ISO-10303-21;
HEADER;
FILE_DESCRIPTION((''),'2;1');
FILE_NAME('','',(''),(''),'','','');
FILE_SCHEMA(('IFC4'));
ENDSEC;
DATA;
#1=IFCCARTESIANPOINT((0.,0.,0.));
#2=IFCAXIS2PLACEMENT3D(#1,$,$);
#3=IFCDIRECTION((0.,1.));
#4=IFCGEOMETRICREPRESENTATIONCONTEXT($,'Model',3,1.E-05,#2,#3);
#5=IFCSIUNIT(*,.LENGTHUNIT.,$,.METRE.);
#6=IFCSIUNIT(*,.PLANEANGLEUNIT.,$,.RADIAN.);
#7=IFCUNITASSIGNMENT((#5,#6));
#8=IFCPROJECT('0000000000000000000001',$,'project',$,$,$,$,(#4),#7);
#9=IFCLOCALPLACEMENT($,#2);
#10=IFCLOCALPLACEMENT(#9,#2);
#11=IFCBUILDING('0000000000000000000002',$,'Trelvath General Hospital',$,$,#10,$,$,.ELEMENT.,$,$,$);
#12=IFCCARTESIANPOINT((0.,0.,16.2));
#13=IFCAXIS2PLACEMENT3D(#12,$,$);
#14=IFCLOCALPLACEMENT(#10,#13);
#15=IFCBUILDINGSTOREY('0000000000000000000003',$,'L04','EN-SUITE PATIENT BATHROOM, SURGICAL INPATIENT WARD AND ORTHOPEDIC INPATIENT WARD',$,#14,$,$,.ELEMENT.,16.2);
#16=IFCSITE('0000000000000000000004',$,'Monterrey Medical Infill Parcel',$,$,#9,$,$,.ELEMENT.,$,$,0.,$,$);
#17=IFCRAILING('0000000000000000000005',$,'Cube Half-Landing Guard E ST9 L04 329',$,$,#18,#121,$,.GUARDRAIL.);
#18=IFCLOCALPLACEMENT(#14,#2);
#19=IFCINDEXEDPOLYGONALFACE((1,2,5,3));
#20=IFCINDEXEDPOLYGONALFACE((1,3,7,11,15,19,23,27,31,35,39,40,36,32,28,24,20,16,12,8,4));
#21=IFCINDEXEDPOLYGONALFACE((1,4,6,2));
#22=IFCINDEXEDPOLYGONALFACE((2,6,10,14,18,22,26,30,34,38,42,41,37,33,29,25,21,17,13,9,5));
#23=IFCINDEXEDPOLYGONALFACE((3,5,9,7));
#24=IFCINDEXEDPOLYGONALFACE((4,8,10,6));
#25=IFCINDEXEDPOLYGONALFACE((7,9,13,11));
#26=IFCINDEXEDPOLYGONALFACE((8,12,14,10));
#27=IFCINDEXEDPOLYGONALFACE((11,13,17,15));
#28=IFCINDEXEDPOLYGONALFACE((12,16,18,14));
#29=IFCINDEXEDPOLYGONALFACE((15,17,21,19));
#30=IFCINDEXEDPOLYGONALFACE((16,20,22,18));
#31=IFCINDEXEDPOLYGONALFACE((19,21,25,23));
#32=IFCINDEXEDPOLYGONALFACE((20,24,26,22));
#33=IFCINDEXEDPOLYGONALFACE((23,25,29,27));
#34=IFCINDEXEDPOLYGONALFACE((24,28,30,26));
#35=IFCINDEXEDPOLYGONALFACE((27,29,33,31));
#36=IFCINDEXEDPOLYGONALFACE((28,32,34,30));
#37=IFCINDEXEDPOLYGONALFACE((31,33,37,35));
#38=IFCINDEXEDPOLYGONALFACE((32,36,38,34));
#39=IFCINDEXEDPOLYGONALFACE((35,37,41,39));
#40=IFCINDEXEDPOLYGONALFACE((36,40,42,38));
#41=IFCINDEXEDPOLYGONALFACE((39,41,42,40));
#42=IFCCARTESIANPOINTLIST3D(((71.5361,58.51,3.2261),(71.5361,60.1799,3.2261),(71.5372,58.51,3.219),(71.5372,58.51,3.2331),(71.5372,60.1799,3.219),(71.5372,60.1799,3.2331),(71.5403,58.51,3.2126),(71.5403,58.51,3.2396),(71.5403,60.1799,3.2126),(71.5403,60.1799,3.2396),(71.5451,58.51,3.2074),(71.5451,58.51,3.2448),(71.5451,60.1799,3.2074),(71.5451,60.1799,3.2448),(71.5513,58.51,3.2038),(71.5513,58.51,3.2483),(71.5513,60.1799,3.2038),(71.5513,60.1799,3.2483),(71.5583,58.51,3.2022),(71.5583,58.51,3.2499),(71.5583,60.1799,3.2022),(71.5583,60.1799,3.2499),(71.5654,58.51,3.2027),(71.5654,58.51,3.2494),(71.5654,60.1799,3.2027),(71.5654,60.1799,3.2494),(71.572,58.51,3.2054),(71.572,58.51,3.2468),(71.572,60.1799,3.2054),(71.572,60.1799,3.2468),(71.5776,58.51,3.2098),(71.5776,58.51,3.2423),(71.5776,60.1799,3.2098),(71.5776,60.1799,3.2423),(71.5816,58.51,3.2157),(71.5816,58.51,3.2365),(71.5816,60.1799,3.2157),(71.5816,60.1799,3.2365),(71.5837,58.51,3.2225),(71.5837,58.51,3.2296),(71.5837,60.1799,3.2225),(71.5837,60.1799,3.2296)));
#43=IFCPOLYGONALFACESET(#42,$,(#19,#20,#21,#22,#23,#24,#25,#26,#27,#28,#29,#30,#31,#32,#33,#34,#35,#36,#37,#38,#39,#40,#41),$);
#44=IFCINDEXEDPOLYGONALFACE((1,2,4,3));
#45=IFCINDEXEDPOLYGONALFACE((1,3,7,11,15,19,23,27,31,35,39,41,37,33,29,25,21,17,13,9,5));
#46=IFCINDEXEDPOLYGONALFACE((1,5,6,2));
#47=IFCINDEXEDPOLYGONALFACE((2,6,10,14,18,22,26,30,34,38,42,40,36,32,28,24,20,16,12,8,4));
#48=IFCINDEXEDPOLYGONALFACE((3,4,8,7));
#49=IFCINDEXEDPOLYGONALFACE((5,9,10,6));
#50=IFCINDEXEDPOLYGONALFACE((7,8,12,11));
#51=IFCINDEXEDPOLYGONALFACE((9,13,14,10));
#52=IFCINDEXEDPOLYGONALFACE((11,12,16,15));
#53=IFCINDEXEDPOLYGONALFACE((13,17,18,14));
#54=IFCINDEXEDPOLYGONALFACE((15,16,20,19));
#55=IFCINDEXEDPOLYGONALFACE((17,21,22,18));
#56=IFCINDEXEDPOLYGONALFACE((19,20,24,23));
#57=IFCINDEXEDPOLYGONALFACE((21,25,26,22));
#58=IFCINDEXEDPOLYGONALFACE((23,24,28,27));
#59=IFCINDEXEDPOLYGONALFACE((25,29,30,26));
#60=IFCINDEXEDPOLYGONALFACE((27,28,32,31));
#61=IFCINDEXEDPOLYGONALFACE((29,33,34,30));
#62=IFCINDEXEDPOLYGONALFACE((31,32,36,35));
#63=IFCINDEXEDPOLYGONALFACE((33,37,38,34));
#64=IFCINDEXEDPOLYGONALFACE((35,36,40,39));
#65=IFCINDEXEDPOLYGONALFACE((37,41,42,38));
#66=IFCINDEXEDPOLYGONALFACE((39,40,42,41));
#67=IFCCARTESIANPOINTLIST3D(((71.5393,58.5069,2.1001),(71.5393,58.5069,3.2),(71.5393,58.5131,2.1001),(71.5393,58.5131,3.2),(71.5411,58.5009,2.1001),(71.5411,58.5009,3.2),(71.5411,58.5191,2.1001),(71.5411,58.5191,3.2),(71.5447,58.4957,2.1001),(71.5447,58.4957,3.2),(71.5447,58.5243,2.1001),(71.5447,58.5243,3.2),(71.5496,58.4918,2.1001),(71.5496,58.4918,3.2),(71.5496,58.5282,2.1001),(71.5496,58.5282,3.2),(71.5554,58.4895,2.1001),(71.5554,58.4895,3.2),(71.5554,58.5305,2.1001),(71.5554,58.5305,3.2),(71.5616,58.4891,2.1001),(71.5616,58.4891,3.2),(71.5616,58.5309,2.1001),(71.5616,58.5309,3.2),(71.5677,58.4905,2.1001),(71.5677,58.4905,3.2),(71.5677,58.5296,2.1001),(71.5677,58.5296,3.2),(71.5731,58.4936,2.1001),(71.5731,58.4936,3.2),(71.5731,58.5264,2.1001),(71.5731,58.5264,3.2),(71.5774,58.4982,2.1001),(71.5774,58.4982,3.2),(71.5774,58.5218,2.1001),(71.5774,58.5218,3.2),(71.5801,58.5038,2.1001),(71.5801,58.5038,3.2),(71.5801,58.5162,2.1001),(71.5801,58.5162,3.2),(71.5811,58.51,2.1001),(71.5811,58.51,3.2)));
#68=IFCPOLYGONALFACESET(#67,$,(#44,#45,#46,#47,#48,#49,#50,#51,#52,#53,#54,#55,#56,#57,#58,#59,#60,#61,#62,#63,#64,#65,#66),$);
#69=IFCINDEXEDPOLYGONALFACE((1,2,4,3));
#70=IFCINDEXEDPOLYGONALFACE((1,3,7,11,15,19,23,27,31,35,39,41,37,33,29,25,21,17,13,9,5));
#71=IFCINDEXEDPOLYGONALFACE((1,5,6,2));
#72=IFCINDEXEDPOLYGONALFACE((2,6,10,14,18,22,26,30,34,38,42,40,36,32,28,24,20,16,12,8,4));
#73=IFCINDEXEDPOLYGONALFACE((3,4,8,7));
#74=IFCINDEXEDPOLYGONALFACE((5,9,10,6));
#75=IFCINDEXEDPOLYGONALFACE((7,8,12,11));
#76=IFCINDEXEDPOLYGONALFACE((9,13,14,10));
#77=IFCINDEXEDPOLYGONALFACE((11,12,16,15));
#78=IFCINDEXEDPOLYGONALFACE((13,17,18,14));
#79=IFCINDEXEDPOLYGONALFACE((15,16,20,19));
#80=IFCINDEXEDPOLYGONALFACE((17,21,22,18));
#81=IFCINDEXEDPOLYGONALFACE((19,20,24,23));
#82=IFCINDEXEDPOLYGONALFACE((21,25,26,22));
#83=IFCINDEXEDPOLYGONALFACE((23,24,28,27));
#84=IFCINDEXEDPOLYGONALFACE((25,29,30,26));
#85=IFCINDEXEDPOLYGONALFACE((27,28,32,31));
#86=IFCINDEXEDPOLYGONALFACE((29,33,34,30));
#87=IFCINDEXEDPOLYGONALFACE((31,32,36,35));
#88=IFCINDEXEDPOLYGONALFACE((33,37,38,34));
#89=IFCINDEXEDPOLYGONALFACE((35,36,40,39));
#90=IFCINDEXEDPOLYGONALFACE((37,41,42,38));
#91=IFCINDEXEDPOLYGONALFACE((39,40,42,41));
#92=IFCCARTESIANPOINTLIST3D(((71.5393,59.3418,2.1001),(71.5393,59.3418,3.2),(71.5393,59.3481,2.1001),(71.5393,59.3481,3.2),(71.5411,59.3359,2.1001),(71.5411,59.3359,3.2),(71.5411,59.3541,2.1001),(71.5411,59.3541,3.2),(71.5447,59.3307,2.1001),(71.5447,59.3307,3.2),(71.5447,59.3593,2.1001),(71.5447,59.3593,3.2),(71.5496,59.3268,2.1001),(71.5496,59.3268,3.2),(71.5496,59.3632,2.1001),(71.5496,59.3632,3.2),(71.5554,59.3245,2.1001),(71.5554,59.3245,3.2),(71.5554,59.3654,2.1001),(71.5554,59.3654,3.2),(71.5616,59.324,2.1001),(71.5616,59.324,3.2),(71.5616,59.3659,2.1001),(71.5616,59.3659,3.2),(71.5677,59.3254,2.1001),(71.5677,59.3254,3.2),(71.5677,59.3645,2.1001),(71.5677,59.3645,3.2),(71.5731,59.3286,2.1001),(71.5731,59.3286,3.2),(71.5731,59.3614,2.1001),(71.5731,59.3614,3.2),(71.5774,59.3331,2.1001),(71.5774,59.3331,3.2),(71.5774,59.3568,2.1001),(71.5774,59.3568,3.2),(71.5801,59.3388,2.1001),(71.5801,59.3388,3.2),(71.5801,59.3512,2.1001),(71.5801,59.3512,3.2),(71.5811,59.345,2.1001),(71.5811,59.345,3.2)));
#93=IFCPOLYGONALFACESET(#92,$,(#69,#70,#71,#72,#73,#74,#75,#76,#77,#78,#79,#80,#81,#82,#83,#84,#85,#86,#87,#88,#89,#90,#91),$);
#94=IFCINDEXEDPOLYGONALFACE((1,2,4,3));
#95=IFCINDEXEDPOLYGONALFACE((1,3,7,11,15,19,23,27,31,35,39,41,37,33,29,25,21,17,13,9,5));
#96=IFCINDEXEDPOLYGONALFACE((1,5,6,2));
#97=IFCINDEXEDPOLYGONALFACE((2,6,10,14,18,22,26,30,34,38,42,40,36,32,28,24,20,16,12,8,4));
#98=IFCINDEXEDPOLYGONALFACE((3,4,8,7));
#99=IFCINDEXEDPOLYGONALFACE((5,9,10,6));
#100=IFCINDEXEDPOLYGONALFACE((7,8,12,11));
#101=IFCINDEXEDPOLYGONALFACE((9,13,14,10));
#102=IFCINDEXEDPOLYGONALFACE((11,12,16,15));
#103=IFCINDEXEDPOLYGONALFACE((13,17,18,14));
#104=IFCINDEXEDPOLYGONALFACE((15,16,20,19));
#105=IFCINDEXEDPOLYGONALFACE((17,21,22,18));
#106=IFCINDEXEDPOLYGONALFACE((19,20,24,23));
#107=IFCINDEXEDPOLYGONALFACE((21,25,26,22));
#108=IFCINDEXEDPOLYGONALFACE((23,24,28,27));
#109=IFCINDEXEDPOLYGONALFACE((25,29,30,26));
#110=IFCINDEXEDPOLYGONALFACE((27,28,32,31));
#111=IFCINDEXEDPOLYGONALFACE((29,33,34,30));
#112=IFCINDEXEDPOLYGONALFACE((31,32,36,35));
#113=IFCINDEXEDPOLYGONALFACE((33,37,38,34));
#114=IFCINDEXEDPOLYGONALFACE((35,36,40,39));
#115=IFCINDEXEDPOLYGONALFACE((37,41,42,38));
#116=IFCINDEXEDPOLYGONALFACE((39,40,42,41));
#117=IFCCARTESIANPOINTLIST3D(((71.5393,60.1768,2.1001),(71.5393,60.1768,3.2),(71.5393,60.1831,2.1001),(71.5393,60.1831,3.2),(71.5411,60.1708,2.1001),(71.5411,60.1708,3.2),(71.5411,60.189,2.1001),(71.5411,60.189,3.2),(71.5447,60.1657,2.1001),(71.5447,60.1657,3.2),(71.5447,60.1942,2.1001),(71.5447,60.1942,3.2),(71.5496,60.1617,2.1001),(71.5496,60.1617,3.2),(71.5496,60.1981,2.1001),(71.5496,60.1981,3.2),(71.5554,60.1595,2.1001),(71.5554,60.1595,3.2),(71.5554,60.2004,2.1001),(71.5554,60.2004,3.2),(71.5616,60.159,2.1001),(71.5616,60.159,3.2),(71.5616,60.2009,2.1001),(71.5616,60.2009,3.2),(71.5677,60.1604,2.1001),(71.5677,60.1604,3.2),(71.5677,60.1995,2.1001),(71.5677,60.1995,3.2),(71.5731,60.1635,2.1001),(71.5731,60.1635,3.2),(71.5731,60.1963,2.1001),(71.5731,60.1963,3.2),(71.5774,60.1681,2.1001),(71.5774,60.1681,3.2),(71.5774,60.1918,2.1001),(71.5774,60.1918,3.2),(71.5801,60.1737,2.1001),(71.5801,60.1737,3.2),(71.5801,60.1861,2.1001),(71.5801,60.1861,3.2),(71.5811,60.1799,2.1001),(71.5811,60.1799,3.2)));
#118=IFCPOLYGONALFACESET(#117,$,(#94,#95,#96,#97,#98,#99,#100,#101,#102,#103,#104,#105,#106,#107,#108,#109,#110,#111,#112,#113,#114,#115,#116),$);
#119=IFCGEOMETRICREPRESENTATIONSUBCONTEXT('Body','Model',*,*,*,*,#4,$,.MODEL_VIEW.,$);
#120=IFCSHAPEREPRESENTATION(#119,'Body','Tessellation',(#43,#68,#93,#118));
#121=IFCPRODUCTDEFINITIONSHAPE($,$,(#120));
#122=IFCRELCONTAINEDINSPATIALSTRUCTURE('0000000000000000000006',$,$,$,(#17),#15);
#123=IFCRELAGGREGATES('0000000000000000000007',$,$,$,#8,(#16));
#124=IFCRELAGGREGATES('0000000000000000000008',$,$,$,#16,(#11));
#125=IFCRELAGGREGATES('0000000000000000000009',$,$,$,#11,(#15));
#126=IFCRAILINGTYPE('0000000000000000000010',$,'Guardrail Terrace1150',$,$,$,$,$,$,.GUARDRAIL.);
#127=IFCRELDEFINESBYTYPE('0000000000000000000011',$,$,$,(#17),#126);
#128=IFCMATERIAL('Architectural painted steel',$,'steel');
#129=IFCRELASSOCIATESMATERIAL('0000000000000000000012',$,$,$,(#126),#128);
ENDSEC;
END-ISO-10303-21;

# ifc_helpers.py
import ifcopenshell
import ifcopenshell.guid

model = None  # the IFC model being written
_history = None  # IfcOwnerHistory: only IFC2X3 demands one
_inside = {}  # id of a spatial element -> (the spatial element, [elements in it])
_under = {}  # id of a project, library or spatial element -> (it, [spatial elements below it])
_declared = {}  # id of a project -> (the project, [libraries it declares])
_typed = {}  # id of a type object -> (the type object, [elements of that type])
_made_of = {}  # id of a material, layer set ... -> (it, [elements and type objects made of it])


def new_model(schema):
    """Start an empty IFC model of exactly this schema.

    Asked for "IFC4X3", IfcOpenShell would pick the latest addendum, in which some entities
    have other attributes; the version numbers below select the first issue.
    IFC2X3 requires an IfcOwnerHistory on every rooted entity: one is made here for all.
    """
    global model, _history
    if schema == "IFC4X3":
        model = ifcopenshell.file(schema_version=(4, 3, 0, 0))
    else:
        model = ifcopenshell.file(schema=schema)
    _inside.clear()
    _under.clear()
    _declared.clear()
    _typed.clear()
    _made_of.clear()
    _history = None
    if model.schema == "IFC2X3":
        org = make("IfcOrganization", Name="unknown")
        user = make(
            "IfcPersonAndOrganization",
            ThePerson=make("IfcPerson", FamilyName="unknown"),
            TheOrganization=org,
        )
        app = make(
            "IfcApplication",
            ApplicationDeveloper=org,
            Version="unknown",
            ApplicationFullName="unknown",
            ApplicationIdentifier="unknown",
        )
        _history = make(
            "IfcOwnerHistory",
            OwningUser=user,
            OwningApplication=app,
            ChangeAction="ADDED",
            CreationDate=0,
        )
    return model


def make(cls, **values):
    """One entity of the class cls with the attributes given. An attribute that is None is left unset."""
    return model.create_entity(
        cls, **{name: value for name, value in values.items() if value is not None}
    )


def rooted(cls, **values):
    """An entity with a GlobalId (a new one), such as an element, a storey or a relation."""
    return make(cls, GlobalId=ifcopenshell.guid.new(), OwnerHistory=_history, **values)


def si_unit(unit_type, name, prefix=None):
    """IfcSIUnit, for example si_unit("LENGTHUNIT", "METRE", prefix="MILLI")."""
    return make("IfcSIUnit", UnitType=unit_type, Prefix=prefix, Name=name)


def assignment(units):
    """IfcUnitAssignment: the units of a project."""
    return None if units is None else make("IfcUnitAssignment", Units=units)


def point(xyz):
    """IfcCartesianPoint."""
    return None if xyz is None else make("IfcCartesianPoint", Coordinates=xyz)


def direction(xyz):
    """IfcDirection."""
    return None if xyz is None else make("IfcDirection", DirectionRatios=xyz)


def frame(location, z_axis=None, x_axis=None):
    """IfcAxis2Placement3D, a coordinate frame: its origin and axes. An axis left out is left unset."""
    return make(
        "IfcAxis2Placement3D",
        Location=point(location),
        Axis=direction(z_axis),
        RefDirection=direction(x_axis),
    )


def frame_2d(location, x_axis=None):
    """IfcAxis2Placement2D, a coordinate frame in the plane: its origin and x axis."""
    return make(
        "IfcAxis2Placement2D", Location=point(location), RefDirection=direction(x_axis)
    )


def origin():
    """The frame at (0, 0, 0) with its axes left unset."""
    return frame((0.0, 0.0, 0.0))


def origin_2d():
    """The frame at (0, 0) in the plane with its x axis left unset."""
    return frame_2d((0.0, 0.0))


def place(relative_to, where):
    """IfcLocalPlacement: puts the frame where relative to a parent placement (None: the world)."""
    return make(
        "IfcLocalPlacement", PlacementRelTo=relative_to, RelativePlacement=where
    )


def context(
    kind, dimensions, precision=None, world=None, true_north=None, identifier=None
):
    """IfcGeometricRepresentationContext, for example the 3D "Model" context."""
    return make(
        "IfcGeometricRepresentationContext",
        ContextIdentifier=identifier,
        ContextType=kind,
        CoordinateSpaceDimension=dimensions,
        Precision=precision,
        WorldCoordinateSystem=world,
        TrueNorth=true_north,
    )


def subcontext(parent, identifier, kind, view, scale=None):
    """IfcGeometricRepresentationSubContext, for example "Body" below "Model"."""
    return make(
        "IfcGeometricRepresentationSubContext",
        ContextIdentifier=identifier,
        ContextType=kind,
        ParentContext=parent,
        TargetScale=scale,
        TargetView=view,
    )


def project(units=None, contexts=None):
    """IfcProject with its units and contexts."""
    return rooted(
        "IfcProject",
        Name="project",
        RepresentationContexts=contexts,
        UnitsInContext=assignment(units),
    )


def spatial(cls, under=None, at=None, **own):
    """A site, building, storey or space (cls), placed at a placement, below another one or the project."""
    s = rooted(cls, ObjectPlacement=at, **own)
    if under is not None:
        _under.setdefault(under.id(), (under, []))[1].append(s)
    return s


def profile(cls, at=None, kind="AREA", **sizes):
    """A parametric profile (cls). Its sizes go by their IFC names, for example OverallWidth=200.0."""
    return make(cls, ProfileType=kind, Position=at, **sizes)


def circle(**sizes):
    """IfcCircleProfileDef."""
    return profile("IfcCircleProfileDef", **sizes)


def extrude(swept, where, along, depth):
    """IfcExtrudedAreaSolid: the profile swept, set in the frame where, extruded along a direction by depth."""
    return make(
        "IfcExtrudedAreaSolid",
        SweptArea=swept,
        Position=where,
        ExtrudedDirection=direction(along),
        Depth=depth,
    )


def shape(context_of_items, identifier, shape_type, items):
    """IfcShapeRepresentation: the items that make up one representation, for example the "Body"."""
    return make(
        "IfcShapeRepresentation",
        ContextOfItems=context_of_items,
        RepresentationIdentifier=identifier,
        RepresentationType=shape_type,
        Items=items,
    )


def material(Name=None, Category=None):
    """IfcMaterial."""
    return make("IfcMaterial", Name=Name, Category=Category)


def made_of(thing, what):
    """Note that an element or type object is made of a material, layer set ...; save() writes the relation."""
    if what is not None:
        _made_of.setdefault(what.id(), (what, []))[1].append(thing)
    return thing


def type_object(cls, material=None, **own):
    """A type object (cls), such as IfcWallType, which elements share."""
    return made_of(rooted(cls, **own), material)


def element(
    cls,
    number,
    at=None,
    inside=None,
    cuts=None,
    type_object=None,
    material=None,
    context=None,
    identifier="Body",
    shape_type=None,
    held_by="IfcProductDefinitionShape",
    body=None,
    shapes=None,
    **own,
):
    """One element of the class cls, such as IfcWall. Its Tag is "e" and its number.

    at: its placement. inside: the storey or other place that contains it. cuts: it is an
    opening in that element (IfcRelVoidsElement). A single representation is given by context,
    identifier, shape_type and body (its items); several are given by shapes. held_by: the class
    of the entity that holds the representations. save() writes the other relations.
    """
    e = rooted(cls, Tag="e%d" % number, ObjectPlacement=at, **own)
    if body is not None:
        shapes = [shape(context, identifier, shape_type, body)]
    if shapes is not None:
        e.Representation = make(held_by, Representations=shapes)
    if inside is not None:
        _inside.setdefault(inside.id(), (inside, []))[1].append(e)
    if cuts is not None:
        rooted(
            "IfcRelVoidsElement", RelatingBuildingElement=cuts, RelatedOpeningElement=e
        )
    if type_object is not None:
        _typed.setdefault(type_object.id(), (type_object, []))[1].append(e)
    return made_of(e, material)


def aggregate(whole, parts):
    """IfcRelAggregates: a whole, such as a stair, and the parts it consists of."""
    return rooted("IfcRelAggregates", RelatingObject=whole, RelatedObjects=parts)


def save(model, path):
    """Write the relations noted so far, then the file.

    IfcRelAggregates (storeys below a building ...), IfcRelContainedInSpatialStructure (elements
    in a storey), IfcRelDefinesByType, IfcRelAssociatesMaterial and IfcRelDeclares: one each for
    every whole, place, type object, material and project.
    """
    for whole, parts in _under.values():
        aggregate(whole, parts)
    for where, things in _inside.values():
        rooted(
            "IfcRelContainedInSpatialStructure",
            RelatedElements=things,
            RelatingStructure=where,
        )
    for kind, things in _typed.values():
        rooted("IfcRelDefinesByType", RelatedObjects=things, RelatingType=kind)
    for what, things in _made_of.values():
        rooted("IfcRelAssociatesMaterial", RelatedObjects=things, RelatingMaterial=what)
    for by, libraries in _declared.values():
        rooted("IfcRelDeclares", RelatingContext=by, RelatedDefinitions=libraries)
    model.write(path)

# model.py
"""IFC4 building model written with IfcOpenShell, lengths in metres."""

from ifc_helpers import new_model, si_unit, direction, frame, origin, origin_2d, place, context, subcontext, project, spatial, circle, extrude, material, type_object, element, save


model = new_model("IFC4")

# Units and contexts
model_context = context("Model", 3, precision=1e-05, world=origin(), true_north=direction((0.0, 1.0)))
body_context = subcontext(model_context, "Body", "Model", "MODEL_VIEW")
ifc_project = project(units=[si_unit("LENGTHUNIT", "METRE"), si_unit("PLANEANGLEUNIT", "RADIAN")], contexts=[model_context])

# Site, building, storey
site_placement = place(None, origin())
site = spatial("IfcSite", under=ifc_project, at=site_placement, Name="Monterrey Medical Infill Parcel", CompositionType="ELEMENT", RefElevation=0.0)
building_placement = place(site_placement, origin())
building = spatial("IfcBuilding", under=site, at=building_placement, Name="Trelvath General Hospital", CompositionType="ELEMENT")
storey_placement = place(building_placement, frame((0.0, 0.0, 16.2)))
storey = spatial("IfcBuildingStorey", under=building, at=storey_placement, Name="L04", Description="EN-SUITE PATIENT BATHROOM, SURGICAL INPATIENT WARD AND ORTHOPEDIC INPATIENT WARD", CompositionType="ELEMENT", Elevation=16.2)

# Railing
ifc_material_1 = material(Name="Architectural painted steel", Category="steel")
railing_type_1 = type_object("IfcRailingType", Name="Guardrail Terrace1150", PredefinedType="GUARDRAIL", material=ifc_material_1)
railing_1_placement = place(storey_placement, frame((71.5601, 58.51, 2.1001)))
element("IfcRailing", 1, at=railing_1_placement, inside=storey, type_object=railing_type_1, Name="Cube Half-Landing Guard E ST9 L04 329", PredefinedType="GUARDRAIL", context=body_context, shape_type="SweptSolid", body=[
    extrude(circle(Radius=0.0239, at=origin_2d()), frame((0.0, 0.0, 1.126), z_axis=(0.0, 1.0, 0.0), x_axis=(-1.0, 0.0, 0.0)), (0.0, 0.0, 1.0), 1.6699),
    extrude(circle(Radius=0.021, at=origin_2d()), origin(), (0.0, 0.0, 1.0), 1.0999),
    extrude(circle(Radius=0.021, at=origin_2d()), frame((0.0, 0.835, 0.0)), (0.0, 0.0, 1.0), 1.0999),
    extrude(circle(Radius=0.021, at=origin_2d()), frame((0.0, 1.6699, 0.0)), (0.0, 0.0, 1.0), 1.0999),
])

save(model, "model.ifc")
